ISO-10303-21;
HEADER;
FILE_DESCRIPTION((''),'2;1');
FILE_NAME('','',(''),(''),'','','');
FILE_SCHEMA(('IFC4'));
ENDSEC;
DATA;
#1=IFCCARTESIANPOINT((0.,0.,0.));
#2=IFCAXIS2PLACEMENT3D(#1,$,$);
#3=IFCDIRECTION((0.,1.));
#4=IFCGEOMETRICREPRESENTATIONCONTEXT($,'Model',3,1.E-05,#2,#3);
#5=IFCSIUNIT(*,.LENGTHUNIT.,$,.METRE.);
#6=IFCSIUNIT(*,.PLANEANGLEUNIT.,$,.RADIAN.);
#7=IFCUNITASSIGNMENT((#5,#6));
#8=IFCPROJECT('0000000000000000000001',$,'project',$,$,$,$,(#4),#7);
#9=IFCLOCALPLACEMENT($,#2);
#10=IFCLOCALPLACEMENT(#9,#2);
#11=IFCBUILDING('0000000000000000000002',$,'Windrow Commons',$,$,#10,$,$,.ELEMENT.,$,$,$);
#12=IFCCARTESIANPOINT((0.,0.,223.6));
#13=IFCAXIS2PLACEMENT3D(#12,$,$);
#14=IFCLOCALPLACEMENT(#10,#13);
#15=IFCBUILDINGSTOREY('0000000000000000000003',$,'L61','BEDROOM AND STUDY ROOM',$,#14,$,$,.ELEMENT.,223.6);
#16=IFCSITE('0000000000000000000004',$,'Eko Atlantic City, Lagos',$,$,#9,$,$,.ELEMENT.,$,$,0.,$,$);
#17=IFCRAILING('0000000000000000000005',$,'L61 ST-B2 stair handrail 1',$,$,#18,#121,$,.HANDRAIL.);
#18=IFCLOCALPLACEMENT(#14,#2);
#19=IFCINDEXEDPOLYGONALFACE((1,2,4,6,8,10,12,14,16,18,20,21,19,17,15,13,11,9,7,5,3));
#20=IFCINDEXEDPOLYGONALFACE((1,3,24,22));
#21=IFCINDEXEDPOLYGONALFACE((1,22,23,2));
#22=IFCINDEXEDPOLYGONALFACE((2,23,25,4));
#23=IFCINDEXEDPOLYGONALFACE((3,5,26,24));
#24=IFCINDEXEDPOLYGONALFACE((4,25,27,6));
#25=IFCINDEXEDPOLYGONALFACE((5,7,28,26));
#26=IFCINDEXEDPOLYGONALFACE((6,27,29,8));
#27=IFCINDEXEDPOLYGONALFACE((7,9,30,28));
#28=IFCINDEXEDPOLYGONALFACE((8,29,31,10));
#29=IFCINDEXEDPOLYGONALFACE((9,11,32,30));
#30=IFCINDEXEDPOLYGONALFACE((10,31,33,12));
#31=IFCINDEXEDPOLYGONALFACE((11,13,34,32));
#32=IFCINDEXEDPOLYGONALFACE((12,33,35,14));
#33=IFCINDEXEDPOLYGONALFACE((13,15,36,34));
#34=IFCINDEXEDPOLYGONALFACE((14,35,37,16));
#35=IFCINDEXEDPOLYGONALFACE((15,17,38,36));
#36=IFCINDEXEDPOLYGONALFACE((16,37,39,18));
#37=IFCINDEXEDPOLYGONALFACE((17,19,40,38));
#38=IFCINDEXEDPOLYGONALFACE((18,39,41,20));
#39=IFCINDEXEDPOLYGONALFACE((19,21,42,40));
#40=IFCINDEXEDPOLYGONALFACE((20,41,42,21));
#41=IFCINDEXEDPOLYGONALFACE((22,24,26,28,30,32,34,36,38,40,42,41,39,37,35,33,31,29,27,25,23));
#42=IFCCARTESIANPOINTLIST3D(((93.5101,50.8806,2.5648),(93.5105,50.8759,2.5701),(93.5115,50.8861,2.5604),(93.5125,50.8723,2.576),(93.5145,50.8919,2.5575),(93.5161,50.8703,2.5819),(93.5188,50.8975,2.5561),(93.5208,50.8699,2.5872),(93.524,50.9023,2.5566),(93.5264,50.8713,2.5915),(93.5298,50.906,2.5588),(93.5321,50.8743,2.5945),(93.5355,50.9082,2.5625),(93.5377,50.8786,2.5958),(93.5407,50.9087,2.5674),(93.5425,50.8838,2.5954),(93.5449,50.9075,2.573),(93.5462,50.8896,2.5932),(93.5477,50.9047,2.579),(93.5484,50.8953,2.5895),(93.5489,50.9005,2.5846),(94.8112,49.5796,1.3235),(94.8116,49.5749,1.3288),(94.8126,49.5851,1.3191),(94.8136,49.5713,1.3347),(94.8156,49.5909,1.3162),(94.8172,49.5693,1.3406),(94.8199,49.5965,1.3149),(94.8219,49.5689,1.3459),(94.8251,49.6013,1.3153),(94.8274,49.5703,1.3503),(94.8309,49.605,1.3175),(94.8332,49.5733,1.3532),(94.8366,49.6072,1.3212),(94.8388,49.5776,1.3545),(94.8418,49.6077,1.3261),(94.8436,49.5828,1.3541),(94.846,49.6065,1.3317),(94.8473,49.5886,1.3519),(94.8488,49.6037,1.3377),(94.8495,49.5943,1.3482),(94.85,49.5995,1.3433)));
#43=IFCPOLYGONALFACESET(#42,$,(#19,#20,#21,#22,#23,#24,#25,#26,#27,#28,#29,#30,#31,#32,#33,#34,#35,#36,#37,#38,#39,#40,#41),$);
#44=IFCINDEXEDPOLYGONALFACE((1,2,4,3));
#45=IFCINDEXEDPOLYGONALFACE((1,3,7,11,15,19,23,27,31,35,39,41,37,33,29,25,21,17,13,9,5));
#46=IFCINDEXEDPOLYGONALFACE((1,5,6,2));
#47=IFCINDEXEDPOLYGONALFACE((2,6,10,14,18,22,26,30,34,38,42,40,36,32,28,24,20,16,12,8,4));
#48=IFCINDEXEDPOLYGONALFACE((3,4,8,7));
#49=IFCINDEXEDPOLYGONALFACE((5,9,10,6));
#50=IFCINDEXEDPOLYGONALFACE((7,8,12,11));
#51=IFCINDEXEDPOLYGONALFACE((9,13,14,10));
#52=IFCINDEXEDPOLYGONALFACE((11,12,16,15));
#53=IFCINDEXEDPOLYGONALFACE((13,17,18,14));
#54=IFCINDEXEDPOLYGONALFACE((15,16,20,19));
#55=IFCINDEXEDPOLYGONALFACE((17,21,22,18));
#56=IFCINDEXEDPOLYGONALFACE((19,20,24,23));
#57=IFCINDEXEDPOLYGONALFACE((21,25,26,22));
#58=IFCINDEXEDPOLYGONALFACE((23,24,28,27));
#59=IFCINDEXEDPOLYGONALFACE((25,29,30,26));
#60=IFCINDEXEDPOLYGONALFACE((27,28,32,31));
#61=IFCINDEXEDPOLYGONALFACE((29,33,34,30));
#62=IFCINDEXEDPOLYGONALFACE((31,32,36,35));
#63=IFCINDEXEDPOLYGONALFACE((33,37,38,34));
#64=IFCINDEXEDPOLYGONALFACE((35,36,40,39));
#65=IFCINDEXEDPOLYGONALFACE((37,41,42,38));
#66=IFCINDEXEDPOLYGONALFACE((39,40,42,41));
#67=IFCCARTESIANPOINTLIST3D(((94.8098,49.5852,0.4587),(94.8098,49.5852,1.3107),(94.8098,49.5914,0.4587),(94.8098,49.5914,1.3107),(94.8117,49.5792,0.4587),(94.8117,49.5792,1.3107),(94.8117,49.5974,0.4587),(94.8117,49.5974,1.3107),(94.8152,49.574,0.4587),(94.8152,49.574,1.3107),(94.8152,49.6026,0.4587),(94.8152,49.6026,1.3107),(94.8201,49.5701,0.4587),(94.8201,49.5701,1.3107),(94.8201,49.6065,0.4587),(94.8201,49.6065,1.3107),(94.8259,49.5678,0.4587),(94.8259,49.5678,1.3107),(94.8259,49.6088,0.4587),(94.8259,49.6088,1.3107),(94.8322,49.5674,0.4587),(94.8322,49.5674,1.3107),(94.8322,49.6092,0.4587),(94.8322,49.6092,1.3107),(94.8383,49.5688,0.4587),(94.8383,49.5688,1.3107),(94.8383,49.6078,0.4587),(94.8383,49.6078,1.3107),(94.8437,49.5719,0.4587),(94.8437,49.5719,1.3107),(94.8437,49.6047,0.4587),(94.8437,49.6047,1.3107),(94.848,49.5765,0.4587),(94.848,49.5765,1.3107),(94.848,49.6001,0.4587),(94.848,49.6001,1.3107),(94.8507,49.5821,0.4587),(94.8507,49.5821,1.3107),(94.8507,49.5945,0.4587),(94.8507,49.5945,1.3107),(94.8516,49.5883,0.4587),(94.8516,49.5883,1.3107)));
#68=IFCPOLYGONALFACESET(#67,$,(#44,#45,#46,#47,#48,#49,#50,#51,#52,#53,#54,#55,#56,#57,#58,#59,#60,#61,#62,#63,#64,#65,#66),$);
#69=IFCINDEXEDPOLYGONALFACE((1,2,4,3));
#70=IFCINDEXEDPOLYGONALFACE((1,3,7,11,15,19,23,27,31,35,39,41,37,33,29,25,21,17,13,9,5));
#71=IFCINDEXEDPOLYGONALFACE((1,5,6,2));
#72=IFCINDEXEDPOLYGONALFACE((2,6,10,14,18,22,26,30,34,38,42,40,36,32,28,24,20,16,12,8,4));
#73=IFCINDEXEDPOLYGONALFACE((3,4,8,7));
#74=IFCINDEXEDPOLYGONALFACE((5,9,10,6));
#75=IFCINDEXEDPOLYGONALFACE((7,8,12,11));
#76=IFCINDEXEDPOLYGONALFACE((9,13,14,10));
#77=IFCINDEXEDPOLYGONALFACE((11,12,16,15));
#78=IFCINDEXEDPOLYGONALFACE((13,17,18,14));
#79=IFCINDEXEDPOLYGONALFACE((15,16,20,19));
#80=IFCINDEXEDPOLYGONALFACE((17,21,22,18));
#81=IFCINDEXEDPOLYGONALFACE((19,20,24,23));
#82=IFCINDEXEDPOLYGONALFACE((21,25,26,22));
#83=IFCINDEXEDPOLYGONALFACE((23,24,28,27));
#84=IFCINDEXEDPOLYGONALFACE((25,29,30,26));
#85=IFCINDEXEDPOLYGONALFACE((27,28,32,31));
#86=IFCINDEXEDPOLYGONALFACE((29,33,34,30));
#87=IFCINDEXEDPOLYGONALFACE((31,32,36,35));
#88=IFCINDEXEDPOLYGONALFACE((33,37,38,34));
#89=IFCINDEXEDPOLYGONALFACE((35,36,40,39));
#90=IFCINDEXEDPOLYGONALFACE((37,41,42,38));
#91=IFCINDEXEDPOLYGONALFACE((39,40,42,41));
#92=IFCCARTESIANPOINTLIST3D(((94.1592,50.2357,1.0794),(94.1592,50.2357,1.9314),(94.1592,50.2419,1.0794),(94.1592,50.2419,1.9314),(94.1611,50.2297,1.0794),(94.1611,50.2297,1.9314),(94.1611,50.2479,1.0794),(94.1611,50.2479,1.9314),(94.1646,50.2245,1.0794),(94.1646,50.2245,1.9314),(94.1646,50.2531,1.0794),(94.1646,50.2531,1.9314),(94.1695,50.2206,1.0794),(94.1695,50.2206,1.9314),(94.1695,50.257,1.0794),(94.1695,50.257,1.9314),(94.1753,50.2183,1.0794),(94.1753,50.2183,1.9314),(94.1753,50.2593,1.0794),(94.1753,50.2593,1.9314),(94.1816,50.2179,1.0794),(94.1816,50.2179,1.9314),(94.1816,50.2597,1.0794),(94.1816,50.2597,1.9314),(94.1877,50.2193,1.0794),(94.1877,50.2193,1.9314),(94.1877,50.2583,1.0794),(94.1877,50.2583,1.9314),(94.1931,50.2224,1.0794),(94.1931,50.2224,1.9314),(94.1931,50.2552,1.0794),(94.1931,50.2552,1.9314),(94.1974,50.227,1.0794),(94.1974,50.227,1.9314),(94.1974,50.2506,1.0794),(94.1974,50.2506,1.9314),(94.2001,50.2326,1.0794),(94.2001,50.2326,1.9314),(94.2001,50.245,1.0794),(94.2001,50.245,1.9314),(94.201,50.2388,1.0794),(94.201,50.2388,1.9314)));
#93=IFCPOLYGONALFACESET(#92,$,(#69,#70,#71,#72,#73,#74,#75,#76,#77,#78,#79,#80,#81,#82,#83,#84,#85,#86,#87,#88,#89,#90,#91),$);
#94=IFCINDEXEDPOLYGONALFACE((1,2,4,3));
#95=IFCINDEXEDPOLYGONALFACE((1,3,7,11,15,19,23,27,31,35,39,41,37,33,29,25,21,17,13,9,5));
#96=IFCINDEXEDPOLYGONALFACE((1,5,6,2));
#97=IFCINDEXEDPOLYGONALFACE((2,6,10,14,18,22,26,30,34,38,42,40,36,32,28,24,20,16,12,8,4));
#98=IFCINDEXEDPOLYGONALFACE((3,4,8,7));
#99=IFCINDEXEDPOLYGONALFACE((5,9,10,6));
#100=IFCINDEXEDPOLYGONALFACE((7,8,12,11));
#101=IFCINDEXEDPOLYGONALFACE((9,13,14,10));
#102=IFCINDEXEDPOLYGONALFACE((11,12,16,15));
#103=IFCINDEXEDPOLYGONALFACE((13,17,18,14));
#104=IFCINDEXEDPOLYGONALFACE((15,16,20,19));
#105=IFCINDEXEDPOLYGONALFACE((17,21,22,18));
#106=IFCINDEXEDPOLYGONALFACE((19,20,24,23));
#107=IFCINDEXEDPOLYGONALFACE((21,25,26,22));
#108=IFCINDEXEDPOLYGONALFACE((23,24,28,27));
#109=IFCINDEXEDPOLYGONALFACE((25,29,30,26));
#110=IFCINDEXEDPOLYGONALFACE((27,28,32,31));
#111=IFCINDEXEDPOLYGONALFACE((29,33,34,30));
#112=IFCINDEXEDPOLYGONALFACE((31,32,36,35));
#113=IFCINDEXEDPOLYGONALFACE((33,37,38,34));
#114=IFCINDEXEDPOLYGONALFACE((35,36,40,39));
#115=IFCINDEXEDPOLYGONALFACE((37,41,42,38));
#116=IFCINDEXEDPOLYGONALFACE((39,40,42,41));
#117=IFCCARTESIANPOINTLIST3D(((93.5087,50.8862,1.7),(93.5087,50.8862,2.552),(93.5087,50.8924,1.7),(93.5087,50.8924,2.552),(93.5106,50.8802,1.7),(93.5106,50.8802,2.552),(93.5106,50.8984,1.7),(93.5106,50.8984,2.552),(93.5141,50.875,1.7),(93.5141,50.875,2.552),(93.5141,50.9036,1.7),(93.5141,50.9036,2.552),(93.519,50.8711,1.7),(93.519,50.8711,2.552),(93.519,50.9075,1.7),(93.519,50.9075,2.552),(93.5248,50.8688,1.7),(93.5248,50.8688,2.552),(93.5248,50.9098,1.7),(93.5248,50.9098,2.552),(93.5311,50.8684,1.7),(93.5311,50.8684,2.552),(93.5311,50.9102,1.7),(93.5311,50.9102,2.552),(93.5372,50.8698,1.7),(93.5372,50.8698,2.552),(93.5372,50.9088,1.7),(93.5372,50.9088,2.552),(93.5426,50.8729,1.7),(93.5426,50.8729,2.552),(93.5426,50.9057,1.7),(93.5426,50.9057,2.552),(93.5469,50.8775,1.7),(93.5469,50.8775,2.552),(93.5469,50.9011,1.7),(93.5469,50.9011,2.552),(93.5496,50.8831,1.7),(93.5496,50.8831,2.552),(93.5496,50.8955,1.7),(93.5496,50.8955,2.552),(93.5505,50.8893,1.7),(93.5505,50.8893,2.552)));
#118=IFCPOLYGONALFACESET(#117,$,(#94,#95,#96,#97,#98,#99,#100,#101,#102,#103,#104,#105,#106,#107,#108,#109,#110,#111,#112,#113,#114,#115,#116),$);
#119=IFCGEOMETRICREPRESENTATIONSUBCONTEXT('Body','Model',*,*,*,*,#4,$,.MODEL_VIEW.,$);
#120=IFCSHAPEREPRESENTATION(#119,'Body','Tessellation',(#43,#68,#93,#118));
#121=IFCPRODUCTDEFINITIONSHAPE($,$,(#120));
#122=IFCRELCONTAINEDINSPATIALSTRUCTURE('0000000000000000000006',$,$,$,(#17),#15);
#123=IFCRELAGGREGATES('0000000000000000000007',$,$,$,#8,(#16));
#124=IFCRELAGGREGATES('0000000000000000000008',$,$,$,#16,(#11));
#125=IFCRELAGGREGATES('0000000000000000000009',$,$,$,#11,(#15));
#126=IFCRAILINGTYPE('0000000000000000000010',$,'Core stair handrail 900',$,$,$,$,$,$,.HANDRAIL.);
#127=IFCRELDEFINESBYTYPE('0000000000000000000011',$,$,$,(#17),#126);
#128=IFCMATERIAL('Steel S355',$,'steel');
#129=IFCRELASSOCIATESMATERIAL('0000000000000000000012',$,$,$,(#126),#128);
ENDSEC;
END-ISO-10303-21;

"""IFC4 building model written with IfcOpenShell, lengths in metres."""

from ifc_helpers import new_model, si_unit, direction, frame, origin, origin_2d, place, context, subcontext, project, spatial, circle, extrude, material, type_object, element, save


model = new_model("IFC4")

# Units and contexts
model_context = context("Model", 3, precision=1e-05, world=origin(), true_north=direction((0.0, 1.0)))
body_context = subcontext(model_context, "Body", "Model", "MODEL_VIEW")
ifc_project = project(units=[si_unit("LENGTHUNIT", "METRE"), si_unit("PLANEANGLEUNIT", "RADIAN")], contexts=[model_context])

# Site, building, storey
site_placement = place(None, origin())
site = spatial("IfcSite", under=ifc_project, at=site_placement, Name="Eko Atlantic City, Lagos", CompositionType="ELEMENT", RefElevation=0.0)
building_placement = place(site_placement, origin())
building = spatial("IfcBuilding", under=site, at=building_placement, Name="Windrow Commons", CompositionType="ELEMENT")
storey_placement = place(building_placement, frame((0.0, 0.0, 223.6)))
storey = spatial("IfcBuildingStorey", under=building, at=storey_placement, Name="L61", Description="BEDROOM AND STUDY ROOM", CompositionType="ELEMENT", Elevation=223.6)

# Railing
ifc_material_1 = material(Name="Steel S355", Category="steel")
railing_type_1 = type_object("IfcRailingType", Name="Core stair handrail 900", PredefinedType="HANDRAIL", material=ifc_material_1)
railing_1_placement = place(storey_placement, frame((94.8306, 49.5883, 0.4587)))
element("IfcRailing", 1, at=railing_1_placement, inside=storey, type_object=railing_type_1, Name="L61 ST-B2 stair handrail 1", PredefinedType="HANDRAIL", context=body_context, shape_type="SweptSolid", body=[
    extrude(circle(Radius=0.024, at=origin_2d()), frame((0.0, 0.0, 0.876), z_axis=(-0.586207, 0.586162, 0.559264), x_axis=(-0.70708, -0.707134, 0.0)), (0.0, 0.0, 1.0), 2.2195),
    extrude(circle(Radius=0.021, at=origin_2d()), origin(), (0.0, 0.0, 1.0), 0.852),
    extrude(circle(Radius=0.021, at=origin_2d()), frame((-0.6506, 0.6505, 0.6207)), (0.0, 0.0, 1.0), 0.852),
    extrude(circle(Radius=0.021, at=origin_2d()), frame((-1.3011, 1.301, 1.2413)), (0.0, 0.0, 1.0), 0.852),
])

save(model, "model.ifc")
